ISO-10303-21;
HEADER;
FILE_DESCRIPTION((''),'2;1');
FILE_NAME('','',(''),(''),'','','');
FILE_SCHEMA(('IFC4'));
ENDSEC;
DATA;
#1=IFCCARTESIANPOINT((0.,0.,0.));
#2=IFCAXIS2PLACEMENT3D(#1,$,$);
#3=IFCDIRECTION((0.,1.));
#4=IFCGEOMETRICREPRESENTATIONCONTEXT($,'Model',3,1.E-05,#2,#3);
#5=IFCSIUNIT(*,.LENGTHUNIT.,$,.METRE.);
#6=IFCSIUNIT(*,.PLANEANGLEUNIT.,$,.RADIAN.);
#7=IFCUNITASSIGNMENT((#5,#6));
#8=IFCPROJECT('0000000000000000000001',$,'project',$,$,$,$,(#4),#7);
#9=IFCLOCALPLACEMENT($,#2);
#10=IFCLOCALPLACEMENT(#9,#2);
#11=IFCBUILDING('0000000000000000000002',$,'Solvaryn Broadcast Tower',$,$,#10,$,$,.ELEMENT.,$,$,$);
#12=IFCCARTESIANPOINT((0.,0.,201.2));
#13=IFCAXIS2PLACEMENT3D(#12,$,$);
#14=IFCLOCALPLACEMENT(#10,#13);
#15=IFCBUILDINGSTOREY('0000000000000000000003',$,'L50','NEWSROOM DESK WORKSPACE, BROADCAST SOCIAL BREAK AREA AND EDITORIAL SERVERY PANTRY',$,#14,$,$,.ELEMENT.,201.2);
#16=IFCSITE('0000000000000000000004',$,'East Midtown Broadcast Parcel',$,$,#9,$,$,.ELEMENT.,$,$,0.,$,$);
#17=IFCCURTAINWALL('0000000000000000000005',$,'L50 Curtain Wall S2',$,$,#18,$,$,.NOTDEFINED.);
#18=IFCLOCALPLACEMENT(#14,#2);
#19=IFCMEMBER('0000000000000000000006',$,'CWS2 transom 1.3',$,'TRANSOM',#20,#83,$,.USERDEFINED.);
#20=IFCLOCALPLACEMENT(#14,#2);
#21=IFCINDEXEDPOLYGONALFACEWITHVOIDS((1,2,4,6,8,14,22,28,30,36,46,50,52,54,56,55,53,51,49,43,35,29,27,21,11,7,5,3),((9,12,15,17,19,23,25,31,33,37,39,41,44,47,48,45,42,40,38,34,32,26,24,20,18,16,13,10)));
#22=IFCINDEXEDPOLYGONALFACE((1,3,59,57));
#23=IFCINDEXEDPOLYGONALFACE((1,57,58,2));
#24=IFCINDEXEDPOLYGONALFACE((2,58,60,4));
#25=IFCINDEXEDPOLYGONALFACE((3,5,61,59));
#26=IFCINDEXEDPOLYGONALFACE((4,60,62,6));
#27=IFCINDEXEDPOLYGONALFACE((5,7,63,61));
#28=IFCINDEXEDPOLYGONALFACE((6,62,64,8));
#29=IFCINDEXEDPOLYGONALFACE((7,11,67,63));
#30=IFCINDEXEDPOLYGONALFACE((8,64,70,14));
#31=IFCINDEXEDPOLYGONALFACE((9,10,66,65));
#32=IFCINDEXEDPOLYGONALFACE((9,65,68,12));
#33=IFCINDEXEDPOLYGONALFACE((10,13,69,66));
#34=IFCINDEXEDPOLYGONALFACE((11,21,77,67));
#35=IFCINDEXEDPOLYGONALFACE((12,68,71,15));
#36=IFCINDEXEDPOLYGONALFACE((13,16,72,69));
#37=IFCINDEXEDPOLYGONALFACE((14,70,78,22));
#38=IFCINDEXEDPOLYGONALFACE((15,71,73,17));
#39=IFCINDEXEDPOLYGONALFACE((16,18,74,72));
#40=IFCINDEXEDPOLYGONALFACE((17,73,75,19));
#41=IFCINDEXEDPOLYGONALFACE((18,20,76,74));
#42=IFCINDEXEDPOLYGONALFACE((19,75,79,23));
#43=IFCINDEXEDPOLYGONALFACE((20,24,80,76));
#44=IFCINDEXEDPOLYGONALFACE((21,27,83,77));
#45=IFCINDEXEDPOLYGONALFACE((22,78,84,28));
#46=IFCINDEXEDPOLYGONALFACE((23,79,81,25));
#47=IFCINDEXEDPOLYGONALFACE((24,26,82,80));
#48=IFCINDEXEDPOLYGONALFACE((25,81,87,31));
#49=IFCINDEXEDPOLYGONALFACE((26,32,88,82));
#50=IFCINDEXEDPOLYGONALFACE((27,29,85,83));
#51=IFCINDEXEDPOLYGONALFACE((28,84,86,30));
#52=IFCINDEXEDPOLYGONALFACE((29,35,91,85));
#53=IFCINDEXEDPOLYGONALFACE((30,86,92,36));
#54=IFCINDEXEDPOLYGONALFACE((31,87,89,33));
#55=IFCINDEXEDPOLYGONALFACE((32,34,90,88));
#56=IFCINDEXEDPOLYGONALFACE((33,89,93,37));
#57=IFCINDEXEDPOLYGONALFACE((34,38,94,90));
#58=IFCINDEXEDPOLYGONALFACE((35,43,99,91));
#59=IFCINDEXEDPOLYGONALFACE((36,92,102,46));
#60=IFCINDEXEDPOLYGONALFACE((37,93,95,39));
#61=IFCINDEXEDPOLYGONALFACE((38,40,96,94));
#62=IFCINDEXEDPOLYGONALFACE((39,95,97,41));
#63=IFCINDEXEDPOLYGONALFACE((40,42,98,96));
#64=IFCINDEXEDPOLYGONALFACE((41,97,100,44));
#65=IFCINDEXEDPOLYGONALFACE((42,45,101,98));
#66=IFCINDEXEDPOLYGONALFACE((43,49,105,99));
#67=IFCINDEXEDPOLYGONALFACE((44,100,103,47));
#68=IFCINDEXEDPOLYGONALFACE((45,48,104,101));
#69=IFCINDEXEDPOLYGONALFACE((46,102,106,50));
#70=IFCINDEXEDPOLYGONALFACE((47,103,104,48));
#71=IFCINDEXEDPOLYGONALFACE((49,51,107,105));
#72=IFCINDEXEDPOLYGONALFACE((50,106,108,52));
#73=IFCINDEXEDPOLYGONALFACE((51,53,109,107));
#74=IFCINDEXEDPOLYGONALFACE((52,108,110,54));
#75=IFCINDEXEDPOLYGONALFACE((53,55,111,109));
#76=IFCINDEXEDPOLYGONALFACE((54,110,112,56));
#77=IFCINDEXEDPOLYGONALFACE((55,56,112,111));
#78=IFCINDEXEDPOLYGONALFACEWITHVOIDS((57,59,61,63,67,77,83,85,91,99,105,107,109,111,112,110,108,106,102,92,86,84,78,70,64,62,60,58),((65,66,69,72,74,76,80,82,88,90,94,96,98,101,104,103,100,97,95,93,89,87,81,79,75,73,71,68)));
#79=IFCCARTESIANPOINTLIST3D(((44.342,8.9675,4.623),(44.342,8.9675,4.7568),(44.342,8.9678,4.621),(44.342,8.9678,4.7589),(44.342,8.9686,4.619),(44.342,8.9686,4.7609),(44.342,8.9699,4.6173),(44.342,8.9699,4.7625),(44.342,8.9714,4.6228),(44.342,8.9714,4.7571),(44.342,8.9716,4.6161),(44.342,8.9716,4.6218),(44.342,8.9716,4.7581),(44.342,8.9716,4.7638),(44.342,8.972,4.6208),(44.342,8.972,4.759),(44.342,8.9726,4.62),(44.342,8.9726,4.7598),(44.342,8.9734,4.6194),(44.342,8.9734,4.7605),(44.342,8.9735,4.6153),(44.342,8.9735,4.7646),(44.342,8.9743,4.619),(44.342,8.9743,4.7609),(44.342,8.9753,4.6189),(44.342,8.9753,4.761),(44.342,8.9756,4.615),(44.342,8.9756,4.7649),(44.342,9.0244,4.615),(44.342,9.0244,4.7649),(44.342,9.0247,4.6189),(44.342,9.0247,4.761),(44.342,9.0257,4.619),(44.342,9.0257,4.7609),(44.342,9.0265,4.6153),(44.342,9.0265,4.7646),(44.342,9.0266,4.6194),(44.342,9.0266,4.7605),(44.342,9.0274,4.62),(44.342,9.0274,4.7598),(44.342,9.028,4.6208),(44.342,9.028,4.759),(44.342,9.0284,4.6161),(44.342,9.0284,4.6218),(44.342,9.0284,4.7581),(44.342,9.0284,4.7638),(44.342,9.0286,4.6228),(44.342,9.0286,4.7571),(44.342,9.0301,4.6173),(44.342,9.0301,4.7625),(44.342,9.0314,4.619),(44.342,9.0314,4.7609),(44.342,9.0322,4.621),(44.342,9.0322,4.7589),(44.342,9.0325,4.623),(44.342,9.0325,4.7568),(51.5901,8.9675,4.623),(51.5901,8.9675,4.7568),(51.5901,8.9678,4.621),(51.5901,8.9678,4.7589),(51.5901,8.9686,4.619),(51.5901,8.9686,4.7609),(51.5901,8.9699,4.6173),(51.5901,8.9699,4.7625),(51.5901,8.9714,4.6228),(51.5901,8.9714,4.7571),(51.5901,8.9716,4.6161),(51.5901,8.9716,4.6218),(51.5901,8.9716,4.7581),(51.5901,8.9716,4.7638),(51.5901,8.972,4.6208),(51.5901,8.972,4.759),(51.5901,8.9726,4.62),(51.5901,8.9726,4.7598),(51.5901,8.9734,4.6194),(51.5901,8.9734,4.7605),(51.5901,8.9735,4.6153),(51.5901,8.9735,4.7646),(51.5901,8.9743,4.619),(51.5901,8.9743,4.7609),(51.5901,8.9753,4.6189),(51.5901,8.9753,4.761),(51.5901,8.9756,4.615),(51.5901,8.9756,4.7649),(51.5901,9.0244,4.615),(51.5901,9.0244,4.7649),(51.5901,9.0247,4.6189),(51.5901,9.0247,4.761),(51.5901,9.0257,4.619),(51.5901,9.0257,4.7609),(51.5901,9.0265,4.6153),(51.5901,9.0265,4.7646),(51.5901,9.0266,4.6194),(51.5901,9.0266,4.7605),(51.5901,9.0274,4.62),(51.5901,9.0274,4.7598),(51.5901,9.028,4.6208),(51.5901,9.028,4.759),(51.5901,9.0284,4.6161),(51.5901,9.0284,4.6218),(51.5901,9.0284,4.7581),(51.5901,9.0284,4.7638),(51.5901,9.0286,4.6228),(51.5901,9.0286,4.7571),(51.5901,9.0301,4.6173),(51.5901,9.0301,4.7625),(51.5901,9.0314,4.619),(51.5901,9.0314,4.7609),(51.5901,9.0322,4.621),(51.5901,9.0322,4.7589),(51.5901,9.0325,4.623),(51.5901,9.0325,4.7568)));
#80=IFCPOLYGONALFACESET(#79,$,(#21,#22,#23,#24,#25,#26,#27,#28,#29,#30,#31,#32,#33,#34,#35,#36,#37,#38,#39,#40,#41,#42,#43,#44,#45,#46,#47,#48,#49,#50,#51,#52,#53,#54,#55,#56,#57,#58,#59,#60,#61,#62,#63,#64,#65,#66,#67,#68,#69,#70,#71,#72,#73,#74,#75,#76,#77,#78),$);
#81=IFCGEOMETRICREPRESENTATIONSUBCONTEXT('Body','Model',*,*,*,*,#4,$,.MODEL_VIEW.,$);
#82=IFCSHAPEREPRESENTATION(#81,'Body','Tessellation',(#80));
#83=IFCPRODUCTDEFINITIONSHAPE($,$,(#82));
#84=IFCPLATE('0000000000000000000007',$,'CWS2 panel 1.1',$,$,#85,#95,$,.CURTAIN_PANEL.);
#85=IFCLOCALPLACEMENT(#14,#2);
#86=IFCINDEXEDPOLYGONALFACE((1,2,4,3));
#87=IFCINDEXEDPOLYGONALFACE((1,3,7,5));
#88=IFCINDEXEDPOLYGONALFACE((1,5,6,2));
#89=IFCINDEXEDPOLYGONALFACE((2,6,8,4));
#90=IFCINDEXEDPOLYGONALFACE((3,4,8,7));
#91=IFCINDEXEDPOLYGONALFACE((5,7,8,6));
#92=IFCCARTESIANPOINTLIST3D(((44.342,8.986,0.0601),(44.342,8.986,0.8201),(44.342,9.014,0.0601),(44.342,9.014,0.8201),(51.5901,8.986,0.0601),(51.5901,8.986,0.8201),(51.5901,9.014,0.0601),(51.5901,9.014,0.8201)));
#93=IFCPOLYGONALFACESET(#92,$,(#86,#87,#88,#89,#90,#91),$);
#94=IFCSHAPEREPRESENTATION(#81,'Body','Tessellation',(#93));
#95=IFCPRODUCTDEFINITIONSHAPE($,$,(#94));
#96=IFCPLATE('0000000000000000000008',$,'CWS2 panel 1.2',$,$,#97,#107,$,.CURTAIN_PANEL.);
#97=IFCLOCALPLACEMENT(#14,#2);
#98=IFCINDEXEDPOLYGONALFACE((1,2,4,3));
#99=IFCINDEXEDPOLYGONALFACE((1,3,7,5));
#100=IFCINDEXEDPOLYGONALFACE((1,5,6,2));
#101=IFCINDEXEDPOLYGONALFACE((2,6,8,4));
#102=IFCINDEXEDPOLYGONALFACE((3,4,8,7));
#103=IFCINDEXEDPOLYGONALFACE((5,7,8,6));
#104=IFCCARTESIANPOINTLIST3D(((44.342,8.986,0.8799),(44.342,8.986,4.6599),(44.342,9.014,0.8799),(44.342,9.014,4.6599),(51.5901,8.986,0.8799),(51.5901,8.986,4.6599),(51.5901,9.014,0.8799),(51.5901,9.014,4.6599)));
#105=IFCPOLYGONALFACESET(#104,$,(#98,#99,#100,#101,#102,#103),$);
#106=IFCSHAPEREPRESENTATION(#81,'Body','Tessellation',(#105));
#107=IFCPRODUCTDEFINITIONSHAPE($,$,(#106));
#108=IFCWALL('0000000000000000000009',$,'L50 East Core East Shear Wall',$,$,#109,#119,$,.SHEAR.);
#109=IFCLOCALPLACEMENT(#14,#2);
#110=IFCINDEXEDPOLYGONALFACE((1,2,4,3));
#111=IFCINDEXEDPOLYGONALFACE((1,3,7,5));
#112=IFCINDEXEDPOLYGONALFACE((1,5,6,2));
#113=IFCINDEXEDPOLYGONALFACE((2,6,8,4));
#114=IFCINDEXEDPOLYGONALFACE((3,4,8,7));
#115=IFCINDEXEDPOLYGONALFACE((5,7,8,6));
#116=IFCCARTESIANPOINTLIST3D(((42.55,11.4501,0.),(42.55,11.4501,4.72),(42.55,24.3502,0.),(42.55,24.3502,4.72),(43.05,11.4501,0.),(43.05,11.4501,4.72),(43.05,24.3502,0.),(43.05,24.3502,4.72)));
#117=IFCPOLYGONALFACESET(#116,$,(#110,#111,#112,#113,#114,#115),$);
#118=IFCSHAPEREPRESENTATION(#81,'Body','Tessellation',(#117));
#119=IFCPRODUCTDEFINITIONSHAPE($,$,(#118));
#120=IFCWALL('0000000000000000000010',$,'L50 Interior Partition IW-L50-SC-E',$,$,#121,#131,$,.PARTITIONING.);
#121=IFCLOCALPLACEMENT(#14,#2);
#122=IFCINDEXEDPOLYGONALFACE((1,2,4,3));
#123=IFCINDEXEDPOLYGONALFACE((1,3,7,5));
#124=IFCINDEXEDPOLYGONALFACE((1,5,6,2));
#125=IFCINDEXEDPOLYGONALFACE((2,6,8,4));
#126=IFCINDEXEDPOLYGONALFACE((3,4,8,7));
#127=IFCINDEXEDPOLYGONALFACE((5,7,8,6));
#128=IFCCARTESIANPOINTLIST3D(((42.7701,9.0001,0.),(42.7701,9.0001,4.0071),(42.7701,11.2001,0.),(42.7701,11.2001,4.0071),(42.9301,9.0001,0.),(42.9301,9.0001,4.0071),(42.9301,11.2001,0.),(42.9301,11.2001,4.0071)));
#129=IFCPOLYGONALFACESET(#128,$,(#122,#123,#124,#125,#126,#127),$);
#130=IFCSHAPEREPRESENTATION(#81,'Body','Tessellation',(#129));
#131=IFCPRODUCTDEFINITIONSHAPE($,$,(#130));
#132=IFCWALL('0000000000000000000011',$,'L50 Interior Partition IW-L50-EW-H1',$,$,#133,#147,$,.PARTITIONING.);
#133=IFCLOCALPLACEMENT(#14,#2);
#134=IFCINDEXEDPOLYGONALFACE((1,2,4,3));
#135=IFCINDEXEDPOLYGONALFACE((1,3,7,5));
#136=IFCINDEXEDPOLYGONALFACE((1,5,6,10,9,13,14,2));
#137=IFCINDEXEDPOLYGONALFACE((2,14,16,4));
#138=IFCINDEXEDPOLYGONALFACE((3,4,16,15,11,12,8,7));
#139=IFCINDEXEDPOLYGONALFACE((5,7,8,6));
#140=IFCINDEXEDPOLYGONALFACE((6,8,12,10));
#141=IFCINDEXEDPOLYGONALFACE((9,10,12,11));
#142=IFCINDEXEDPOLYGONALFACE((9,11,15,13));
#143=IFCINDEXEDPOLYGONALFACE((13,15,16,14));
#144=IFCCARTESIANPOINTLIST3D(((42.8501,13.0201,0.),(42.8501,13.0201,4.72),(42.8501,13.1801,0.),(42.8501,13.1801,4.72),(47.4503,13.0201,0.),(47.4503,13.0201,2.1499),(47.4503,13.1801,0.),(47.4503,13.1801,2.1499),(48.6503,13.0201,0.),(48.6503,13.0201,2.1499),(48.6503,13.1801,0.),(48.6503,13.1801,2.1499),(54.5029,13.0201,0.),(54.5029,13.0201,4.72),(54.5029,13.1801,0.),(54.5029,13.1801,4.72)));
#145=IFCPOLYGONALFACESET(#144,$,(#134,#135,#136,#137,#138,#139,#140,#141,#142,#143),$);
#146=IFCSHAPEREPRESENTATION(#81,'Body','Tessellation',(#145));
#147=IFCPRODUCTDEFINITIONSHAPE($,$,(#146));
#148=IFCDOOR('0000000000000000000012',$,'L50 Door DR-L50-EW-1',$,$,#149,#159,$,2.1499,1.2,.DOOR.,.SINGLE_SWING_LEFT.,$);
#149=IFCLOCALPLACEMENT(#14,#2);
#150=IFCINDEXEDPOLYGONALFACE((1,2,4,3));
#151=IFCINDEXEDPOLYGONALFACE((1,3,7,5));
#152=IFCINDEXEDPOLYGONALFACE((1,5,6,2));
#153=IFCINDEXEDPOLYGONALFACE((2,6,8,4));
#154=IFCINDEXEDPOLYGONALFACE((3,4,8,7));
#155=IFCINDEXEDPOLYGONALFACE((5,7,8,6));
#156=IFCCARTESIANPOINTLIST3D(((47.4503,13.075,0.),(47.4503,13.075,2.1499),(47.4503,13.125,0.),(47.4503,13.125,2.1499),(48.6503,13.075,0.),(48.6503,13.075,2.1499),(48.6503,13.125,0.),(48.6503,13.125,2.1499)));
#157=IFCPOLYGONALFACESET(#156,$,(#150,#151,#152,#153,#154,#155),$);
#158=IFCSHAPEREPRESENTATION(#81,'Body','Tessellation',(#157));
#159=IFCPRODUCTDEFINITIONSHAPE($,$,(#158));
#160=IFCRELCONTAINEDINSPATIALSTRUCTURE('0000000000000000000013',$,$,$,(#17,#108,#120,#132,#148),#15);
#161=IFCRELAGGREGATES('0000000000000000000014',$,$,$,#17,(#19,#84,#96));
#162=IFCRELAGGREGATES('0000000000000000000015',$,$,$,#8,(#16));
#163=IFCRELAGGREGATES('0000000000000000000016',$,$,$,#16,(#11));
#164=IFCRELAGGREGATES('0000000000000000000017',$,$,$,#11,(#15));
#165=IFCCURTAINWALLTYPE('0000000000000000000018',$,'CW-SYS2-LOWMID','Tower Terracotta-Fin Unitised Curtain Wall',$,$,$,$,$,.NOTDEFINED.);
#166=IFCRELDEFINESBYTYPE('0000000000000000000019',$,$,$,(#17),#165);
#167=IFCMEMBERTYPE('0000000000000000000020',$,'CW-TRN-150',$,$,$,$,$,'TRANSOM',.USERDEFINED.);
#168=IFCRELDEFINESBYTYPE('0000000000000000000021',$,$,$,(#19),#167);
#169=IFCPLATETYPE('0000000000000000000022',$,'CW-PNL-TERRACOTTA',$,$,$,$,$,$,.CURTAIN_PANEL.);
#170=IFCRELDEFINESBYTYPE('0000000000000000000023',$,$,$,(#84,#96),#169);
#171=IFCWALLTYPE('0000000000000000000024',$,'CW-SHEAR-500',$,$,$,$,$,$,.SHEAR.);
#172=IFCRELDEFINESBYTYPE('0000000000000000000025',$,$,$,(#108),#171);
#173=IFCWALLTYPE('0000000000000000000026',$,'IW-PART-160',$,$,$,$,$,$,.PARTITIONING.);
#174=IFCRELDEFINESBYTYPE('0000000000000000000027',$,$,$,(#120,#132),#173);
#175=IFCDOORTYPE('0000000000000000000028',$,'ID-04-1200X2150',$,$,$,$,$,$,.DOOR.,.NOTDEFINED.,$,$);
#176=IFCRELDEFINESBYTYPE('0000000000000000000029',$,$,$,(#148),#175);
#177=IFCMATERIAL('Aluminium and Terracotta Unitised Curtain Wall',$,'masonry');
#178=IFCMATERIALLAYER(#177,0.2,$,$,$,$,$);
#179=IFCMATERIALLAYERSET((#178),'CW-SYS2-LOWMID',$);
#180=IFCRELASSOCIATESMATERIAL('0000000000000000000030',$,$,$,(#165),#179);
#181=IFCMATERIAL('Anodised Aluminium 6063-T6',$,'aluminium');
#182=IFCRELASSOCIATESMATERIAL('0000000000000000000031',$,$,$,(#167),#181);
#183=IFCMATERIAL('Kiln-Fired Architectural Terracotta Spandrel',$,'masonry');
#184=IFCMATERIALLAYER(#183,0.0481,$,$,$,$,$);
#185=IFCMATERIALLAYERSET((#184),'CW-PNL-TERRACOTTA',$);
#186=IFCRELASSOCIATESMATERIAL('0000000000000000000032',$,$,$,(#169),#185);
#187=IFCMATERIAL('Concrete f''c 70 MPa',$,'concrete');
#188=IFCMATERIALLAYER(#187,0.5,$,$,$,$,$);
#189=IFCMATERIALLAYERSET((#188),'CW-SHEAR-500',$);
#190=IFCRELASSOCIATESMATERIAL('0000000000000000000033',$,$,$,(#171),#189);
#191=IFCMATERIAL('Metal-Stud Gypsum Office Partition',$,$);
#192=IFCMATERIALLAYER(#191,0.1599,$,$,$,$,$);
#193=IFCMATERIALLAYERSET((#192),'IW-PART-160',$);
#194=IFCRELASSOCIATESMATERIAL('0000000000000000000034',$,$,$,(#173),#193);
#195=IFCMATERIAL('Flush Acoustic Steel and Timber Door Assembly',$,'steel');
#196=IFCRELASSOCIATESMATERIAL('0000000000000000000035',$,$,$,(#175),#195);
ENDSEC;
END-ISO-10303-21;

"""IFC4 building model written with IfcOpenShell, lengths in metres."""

from ifc_helpers import new_model, si_unit, direction, frame, frame_2d, origin, origin_2d, place, context, subcontext, project, spatial, rectangle, hollow_rectangle, extrude, material, layer, layer_set, material_profile, profile_set, type_object, element, fill, aggregate, save


model = new_model("IFC4")

# Units and contexts
model_context = context("Model", 3, precision=1e-05, world=origin(), true_north=direction((0.0, 1.0)))
body_context = subcontext(model_context, "Body", "Model", "MODEL_VIEW")
ifc_project = project(units=[si_unit("LENGTHUNIT", "METRE"), si_unit("PLANEANGLEUNIT", "RADIAN")], contexts=[model_context])

# Site, building, storey
site_placement = place(None, origin())
site = spatial("IfcSite", under=ifc_project, at=site_placement, Name="East Midtown Broadcast Parcel", CompositionType="ELEMENT", RefElevation=0.0)
building_placement = place(site_placement, origin())
building = spatial("IfcBuilding", under=site, at=building_placement, Name="Solvaryn Broadcast Tower", CompositionType="ELEMENT")
storey_placement = place(building_placement, frame((0.0, 0.0, 201.2)))
storey = spatial("IfcBuildingStorey", under=building, at=storey_placement, Name="L50", Description="NEWSROOM DESK WORKSPACE, BROADCAST SOCIAL BREAK AREA AND EDITORIAL SERVERY PANTRY", CompositionType="ELEMENT", Elevation=201.2)

# Shared definitions
ifc_material_1 = material(Name="Aluminium and Terracotta Unitised Curtain Wall", Category="masonry")
ifc_layer_1 = layer(ifc_material_1, 0.2)
ifc_layer_set_1 = layer_set([ifc_layer_1], Name="CW-SYS2-LOWMID")
curtain_wall_type = type_object("IfcCurtainWallType", Name="CW-SYS2-LOWMID", Description="Tower Terracotta-Fin Unitised Curtain Wall", PredefinedType="NOTDEFINED", material=ifc_layer_set_1)

# Curtain wall, member, plates
curtain_wall_1_placement = place(storey_placement, origin())
curtain_wall_1 = element("IfcCurtainWall", 1, at=curtain_wall_1_placement, inside=storey, type_object=curtain_wall_type, Name="L50 Curtain Wall S2", PredefinedType="NOTDEFINED")
ifc_material_2 = material(Name="Anodised Aluminium 6063-T6", Category="aluminium")
ifc_material_profile_1 = material_profile(ifc_material_2, hollow_rectangle(XDim=0.0649, YDim=0.1499, WallThickness=0.0039, InnerFilletRadius=0.0039, OuterFilletRadius=0.0081, at=origin_2d()))
ifc_profile_set_1 = profile_set([ifc_material_profile_1], Name="Anodised Aluminium 6063-T6")
member_type_1 = type_object("IfcMemberType", Name="CW-TRN-150", ElementType="TRANSOM", PredefinedType="USERDEFINED", material=ifc_profile_set_1)
member_1_placement = place(storey_placement, frame((44.342, 9.0, 4.6899), z_axis=(1.0, 0.0, 0.0), x_axis=(0.0, 1.0, 0.0)))
member_1 = element("IfcMember", 2, at=member_1_placement, type_object=member_type_1, Name="CWS2 transom 1.3", ObjectType="TRANSOM", PredefinedType="USERDEFINED", context=body_context, shape_type="SweptSolid", body=[
    extrude(hollow_rectangle(XDim=0.0649, YDim=0.1499, WallThickness=0.0039, InnerFilletRadius=0.0039, OuterFilletRadius=0.0081, at=origin_2d()), origin(), (0.0, 0.0, 1.0), 7.248),
])
ifc_material_3 = material(Name="Kiln-Fired Architectural Terracotta Spandrel", Category="masonry")
ifc_layer_2 = layer(ifc_material_3, 0.0481)
ifc_layer_set_2 = layer_set([ifc_layer_2], Name="CW-PNL-TERRACOTTA")
plate_type = type_object("IfcPlateType", Name="CW-PNL-TERRACOTTA", PredefinedType="CURTAIN_PANEL", material=ifc_layer_set_2)
plate_1_placement = place(storey_placement, frame((47.9661, 9.0, 0.0601), z_axis=(0.0, 0.0, 1.0), x_axis=(1.0, 0.0, 0.0)))
plate_1 = element("IfcPlate", 3, at=plate_1_placement, type_object=plate_type, Name="CWS2 panel 1.1", PredefinedType="CURTAIN_PANEL", context=body_context, shape_type="SweptSolid", body=[
    extrude(rectangle(XDim=7.248, YDim=0.0281, at=origin_2d()), origin(), (0.0, 0.0, 1.0), 0.76),
])
plate_2_placement = place(storey_placement, frame((47.9661, 9.0, 0.8799), z_axis=(0.0, 0.0, 1.0), x_axis=(1.0, 0.0, 0.0)))
plate_2 = element("IfcPlate", 4, at=plate_2_placement, type_object=plate_type, Name="CWS2 panel 1.2", PredefinedType="CURTAIN_PANEL", context=body_context, shape_type="SweptSolid", body=[
    extrude(rectangle(XDim=7.248, YDim=0.0281, at=origin_2d()), origin(), (0.0, 0.0, 1.0), 3.78),
])
aggregate(curtain_wall_1, [member_1, plate_1, plate_2])

# Walls
ifc_material_4 = material(Name="Concrete f'c 70 MPa", Category="concrete")
ifc_layer_3 = layer(ifc_material_4, 0.5)
ifc_layer_set_3 = layer_set([ifc_layer_3], Name="CW-SHEAR-500")
wall_type_1 = type_object("IfcWallType", Name="CW-SHEAR-500", PredefinedType="SHEAR", material=ifc_layer_set_3)
wall_1_placement = place(storey_placement, frame((42.8, 11.45, 0.0), z_axis=(0.0, 0.0, 1.0), x_axis=(0.0, 1.0, 0.0)))
element("IfcWall", 5, at=wall_1_placement, inside=storey, type_object=wall_type_1, Name="L50 East Core East Shear Wall", PredefinedType="SHEAR", context=body_context, shape_type="SweptSolid", body=[
    extrude(rectangle(XDim=12.9001, YDim=0.5, at=frame_2d((6.4502, 0.0))), origin(), (0.0, 0.0, 1.0), 4.72),
])
ifc_material_5 = material(Name="Metal-Stud Gypsum Office Partition")
ifc_layer_4 = layer(ifc_material_5, 0.1599)
ifc_layer_set_4 = layer_set([ifc_layer_4], Name="IW-PART-160")
wall_type_2 = type_object("IfcWallType", Name="IW-PART-160", PredefinedType="PARTITIONING", material=ifc_layer_set_4)
wall_2_placement = place(storey_placement, frame((42.8501, 9.0, 0.0), z_axis=(0.0, 0.0, 1.0), x_axis=(0.0, 1.0, 0.0)))
element("IfcWall", 6, at=wall_2_placement, inside=storey, type_object=wall_type_2, Name="L50 Interior Partition IW-L50-SC-E", PredefinedType="PARTITIONING", context=body_context, shape_type="SweptSolid", body=[
    extrude(rectangle(XDim=2.2, YDim=0.1599, at=frame_2d((1.1001, 0.0))), origin(), (0.0, 0.0, 1.0), 4.0071),
])

# Wall, opening, door
wall_3_placement = place(storey_placement, frame((42.8501, 13.1001, 0.0), z_axis=(0.0, 0.0, 1.0), x_axis=(1.0, 0.0, 0.0)))
wall_3 = element("IfcWall", 7, at=wall_3_placement, inside=storey, type_object=wall_type_2, Name="L50 Interior Partition IW-L50-EW-H1", PredefinedType="PARTITIONING", context=body_context, shape_type="SweptSolid", body=[
    extrude(rectangle(XDim=11.6528, YDim=0.1599, at=frame_2d((5.8264, 0.0))), origin(), (0.0, 0.0, 1.0), 4.72),
])
opening_1_placement = place(wall_3_placement, frame((4.6001, 0.0, 0.0)))
opening_1 = element("IfcOpeningElement", 8, at=opening_1_placement, cuts=wall_3, PredefinedType="OPENING", context=body_context, shape_type="SweptSolid", body=[
    extrude(rectangle(XDim=1.2, YDim=2.1499, at=frame_2d((0.6001, 1.075))), frame((0.0, 0.0901, 0.0), z_axis=(0.0, -1.0, 0.0), x_axis=(1.0, 0.0, 0.0)), (0.0, 0.0, 1.0), 0.1799),
])
ifc_material_6 = material(Name="Flush Acoustic Steel and Timber Door Assembly", Category="steel")
door_type_1 = type_object("IfcDoorType", Name="ID-04-1200X2150", OperationType="NOTDEFINED", PredefinedType="DOOR", material=ifc_material_6)
door_1_placement = place(opening_1_placement, origin())
door_1 = element("IfcDoor", 9, at=door_1_placement, inside=storey, type_object=door_type_1, Name="L50 Door DR-L50-EW-1", OperationType="SINGLE_SWING_LEFT", OverallHeight=2.1499, OverallWidth=1.2, PredefinedType="DOOR", context=body_context, shape_type="SweptSolid", body=[
    extrude(rectangle(XDim=1.2, YDim=2.1499, at=frame_2d((0.6001, 1.075))), frame((0.0, 0.0249, 0.0), z_axis=(0.0, -1.0, 0.0), x_axis=(1.0, 0.0, 0.0)), (0.0, 0.0, 1.0), 0.05),
])
fill(opening_1, door_1)

save(model, "model.ifc")
